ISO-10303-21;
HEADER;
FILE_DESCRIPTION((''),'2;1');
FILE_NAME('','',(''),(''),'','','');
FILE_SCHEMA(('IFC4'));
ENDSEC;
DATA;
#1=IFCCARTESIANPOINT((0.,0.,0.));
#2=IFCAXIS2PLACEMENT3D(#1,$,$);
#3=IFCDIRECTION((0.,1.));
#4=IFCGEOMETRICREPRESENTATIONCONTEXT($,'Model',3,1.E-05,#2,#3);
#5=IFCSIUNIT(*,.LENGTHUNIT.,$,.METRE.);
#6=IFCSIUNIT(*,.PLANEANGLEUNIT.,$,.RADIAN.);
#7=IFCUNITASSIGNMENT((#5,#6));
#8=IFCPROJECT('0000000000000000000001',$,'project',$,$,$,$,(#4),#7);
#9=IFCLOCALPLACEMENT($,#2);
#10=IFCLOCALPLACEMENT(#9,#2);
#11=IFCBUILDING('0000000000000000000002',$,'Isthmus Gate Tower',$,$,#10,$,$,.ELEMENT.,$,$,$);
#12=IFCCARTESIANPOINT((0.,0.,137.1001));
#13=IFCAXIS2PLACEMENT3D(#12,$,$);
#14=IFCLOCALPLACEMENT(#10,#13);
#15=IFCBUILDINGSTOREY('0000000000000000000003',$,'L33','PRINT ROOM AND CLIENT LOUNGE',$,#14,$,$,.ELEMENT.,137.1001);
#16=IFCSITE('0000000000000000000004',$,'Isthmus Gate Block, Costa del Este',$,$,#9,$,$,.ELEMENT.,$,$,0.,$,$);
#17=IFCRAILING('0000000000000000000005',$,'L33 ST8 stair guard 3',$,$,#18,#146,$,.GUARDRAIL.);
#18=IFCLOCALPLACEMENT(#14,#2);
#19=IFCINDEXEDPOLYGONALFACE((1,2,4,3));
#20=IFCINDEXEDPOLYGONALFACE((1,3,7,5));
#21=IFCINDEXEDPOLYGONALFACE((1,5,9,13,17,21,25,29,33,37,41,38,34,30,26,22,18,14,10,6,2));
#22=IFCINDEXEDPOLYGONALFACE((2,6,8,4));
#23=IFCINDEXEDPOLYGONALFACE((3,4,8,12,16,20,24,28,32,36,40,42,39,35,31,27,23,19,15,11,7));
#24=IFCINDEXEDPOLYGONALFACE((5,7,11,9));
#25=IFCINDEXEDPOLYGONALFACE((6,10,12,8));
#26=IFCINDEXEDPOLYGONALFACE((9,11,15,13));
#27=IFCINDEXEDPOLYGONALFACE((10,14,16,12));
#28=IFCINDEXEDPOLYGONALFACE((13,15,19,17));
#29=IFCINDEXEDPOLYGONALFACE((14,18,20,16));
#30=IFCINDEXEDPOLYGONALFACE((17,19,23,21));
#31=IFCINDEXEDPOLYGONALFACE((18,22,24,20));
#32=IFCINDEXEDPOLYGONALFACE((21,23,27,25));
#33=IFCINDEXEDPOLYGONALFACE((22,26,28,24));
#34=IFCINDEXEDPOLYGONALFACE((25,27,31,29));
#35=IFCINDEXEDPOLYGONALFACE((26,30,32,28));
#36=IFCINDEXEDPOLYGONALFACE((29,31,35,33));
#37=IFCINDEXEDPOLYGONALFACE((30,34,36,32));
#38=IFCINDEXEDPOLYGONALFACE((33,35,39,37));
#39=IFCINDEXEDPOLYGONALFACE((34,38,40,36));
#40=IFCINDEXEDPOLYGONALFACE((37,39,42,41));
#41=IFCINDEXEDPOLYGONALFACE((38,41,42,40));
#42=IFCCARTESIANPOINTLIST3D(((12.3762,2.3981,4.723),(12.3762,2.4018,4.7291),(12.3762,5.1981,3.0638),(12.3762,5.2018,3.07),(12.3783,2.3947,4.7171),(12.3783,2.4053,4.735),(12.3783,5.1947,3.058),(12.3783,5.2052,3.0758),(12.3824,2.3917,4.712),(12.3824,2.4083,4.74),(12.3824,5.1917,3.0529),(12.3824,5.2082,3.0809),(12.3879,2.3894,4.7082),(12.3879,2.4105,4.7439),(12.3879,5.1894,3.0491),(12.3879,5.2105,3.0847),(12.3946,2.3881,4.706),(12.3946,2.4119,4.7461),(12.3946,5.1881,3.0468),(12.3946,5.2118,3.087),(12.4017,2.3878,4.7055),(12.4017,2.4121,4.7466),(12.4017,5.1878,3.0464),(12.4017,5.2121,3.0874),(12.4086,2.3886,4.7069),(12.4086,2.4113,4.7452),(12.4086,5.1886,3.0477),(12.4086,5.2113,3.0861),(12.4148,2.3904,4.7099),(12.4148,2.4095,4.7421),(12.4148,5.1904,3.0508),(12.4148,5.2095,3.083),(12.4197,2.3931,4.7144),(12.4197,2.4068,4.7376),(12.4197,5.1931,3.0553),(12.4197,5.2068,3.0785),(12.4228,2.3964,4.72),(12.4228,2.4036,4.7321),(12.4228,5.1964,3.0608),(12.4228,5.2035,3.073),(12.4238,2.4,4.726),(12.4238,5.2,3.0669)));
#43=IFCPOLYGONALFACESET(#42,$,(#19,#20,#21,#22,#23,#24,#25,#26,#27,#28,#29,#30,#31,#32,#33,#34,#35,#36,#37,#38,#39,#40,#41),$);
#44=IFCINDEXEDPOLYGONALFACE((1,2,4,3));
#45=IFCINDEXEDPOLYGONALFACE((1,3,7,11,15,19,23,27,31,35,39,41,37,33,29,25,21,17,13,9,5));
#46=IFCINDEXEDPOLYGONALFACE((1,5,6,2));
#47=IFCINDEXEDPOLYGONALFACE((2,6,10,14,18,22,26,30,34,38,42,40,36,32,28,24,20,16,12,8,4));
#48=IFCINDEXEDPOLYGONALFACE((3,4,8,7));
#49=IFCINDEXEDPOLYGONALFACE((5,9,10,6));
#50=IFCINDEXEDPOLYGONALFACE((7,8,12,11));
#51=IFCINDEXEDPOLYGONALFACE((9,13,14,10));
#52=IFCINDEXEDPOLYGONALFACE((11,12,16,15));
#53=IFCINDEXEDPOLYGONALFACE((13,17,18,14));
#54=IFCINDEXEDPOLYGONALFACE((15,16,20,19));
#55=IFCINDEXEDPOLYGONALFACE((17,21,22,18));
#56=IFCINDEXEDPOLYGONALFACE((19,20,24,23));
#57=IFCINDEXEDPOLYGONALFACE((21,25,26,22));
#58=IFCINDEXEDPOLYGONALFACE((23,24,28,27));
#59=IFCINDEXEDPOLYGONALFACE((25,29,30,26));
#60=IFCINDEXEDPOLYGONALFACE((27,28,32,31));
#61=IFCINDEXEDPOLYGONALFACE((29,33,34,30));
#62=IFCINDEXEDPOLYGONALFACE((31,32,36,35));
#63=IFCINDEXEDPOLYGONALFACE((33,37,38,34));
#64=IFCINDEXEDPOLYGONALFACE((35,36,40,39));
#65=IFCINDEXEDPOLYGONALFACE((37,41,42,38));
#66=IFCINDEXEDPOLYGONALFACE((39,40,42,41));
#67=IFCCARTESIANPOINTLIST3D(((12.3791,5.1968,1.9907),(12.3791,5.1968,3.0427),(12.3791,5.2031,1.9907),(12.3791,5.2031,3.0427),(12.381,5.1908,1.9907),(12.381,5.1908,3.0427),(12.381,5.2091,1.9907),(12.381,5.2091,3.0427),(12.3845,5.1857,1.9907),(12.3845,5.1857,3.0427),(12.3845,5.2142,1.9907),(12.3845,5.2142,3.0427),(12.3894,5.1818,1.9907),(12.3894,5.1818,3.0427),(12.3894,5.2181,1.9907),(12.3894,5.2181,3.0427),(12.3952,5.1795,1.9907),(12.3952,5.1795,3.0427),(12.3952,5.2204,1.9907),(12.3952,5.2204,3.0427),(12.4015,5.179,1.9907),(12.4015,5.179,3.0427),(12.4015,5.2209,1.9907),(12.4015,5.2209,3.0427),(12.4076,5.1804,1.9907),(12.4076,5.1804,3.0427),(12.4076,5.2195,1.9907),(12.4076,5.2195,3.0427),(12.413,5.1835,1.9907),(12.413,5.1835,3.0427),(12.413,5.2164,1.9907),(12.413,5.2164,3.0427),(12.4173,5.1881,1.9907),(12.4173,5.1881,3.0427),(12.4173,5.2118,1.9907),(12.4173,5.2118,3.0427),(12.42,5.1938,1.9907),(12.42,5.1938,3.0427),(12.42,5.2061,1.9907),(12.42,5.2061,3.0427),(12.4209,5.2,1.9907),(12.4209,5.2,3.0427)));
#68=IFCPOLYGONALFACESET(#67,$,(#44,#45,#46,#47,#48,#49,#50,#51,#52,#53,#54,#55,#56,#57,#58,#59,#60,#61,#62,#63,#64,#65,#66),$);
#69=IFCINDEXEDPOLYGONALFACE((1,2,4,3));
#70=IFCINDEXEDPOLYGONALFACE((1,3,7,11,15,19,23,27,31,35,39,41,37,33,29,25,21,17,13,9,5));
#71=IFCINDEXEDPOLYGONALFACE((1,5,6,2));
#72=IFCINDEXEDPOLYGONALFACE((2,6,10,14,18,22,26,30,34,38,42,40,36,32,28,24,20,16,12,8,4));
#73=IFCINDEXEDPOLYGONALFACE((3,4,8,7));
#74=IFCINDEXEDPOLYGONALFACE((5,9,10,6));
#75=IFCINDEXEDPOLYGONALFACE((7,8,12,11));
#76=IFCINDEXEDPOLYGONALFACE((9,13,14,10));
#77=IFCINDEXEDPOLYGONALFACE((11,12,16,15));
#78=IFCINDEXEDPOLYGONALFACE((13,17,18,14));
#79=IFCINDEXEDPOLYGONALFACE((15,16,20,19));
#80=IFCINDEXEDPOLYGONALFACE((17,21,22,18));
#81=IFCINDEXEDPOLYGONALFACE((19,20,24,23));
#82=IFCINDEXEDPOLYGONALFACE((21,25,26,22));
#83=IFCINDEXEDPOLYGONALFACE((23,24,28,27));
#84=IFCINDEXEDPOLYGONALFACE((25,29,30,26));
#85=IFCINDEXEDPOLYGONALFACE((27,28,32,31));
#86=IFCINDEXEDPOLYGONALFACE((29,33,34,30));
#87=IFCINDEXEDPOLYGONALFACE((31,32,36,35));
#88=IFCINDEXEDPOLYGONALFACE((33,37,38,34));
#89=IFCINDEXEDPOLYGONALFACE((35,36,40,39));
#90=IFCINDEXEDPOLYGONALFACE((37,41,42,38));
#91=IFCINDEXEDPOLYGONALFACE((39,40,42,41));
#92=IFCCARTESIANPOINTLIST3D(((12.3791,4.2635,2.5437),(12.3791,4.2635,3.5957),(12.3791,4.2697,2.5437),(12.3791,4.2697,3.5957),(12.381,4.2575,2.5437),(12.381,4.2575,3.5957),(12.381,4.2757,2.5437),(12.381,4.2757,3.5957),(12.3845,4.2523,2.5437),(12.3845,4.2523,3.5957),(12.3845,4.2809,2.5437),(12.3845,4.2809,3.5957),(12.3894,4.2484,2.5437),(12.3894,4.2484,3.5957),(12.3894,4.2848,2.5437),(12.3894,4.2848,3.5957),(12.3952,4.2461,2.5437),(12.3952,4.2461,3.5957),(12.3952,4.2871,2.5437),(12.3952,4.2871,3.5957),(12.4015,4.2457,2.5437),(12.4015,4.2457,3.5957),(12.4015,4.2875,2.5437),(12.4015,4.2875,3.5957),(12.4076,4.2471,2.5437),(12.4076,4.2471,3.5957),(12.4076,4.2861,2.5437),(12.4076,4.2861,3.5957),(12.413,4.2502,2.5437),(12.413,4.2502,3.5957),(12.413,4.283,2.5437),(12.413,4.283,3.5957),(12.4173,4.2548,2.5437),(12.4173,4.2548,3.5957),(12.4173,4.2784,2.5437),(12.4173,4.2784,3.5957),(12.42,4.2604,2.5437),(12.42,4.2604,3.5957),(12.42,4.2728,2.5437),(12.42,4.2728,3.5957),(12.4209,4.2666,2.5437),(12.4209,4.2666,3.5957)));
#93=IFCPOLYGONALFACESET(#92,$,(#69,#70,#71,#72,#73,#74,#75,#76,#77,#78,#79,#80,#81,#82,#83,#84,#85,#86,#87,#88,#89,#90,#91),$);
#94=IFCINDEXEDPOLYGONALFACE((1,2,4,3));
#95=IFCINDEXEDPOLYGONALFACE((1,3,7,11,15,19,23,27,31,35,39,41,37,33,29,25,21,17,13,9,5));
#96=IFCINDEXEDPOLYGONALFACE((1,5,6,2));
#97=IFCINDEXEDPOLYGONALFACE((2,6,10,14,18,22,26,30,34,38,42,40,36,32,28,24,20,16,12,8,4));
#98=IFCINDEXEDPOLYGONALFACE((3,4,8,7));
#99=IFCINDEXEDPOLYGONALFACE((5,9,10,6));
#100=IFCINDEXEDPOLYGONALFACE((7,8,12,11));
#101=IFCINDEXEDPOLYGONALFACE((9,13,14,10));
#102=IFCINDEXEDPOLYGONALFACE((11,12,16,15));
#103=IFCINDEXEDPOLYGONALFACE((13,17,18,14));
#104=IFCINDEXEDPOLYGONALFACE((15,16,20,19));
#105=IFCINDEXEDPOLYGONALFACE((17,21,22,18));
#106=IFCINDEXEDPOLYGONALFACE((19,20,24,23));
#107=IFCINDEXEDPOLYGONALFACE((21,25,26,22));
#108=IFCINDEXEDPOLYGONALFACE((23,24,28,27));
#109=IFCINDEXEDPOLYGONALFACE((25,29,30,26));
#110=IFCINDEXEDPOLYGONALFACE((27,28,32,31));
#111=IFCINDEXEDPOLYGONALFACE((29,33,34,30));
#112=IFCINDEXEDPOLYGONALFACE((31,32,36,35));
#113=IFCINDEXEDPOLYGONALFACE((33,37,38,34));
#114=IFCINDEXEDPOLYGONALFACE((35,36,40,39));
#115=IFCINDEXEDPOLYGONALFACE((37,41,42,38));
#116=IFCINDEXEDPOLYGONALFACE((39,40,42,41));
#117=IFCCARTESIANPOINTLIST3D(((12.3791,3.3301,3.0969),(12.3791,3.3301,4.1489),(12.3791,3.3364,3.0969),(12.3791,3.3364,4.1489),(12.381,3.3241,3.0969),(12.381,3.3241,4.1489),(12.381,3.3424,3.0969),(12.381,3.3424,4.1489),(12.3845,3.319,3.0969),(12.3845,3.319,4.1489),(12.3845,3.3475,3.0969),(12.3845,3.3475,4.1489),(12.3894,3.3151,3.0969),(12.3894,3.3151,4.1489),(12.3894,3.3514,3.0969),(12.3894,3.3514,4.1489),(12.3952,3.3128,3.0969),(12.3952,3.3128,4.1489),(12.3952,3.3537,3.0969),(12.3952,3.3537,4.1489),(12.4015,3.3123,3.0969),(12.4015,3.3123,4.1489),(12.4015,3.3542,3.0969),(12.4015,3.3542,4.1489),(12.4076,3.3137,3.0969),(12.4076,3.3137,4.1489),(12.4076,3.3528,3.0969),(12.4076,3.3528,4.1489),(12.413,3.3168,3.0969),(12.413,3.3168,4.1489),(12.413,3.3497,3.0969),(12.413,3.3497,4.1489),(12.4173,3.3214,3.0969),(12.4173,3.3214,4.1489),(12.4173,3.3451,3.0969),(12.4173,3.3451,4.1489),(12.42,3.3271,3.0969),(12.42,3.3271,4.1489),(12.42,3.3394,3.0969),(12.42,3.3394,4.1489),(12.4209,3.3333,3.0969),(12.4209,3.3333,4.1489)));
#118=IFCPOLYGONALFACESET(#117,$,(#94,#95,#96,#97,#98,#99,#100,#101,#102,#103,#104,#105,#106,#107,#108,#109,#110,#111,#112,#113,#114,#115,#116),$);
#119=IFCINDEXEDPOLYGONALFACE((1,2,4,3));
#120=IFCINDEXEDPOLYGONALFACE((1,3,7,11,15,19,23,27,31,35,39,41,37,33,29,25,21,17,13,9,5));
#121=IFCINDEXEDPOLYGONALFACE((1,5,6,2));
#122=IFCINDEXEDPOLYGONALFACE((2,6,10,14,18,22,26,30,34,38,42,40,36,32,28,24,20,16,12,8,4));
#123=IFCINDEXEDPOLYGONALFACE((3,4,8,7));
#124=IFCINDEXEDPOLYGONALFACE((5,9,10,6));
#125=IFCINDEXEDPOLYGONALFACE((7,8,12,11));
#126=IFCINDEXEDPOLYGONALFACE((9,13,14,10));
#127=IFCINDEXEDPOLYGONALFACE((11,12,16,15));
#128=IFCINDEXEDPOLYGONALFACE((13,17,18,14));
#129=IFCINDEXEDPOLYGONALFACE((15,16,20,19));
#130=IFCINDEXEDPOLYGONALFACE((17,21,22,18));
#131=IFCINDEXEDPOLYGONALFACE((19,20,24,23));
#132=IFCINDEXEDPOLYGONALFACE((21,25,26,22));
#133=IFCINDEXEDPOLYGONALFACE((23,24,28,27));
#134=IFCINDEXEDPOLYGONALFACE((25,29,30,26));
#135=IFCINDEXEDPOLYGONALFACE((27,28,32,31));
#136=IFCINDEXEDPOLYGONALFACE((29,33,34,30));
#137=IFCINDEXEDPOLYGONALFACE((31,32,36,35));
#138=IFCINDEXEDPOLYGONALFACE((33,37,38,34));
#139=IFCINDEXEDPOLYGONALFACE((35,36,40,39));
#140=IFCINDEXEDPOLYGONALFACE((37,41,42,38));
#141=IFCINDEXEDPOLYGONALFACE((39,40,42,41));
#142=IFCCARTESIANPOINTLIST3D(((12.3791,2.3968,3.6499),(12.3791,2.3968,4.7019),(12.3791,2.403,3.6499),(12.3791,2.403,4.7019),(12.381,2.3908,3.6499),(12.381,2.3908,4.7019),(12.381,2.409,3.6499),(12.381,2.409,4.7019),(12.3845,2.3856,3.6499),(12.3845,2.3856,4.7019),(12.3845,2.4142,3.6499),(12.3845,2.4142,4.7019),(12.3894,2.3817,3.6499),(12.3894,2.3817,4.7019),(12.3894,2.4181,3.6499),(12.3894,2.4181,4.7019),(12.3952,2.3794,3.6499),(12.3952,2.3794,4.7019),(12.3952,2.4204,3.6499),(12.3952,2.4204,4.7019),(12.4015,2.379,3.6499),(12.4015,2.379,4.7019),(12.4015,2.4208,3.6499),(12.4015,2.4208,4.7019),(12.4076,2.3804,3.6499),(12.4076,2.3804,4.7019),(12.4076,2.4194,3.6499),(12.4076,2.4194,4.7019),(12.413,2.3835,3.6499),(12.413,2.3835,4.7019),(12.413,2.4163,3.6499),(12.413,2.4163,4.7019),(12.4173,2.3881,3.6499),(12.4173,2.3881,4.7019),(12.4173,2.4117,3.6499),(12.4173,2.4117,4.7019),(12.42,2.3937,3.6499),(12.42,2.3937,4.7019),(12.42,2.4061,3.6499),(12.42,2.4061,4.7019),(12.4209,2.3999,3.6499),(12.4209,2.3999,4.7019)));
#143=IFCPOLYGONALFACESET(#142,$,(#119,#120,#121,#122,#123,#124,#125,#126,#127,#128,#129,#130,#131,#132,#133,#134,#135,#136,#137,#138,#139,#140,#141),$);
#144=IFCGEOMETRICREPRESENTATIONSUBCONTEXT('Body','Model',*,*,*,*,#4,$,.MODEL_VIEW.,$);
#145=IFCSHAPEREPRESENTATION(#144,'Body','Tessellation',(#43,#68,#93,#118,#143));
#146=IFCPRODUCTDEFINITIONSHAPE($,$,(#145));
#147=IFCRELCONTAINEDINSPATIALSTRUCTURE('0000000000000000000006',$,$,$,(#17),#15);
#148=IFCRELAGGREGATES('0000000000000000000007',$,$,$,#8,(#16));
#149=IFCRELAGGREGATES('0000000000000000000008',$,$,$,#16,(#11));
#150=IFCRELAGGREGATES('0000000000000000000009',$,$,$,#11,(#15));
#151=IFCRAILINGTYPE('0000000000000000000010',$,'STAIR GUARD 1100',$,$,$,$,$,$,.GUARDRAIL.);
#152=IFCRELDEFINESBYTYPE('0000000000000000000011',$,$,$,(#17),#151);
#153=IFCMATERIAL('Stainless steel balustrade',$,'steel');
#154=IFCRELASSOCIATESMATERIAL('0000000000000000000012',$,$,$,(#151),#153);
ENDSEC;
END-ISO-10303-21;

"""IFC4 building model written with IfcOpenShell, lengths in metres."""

from ifc_helpers import new_model, si_unit, direction, frame, origin, origin_2d, place, context, subcontext, project, spatial, circle, extrude, material, type_object, element, save


model = new_model("IFC4")

# Units and contexts
model_context = context("Model", 3, precision=1e-05, world=origin(), true_north=direction((0.0, 1.0)))
body_context = subcontext(model_context, "Body", "Model", "MODEL_VIEW")
ifc_project = project(units=[si_unit("LENGTHUNIT", "METRE"), si_unit("PLANEANGLEUNIT", "RADIAN")], contexts=[model_context])

# Site, building, storey
site_placement = place(None, origin())
site = spatial("IfcSite", under=ifc_project, at=site_placement, Name="Isthmus Gate Block, Costa del Este", CompositionType="ELEMENT", RefElevation=0.0)
building_placement = place(site_placement, origin())
building = spatial("IfcBuilding", under=site, at=building_placement, Name="Isthmus Gate Tower", CompositionType="ELEMENT")
storey_placement = place(building_placement, frame((0.0, 0.0, 137.1001)))
storey = spatial("IfcBuildingStorey", under=building, at=storey_placement, Name="L33", Description="PRINT ROOM AND CLIENT LOUNGE", CompositionType="ELEMENT", Elevation=137.1001)

# Railing
ifc_material_1 = material(Name="Stainless steel balustrade", Category="steel")
railing_type_1 = type_object("IfcRailingType", Name="STAIR GUARD 1100", PredefinedType="GUARDRAIL", material=ifc_material_1)
railing_1_placement = place(storey_placement, frame((12.3999, 5.2, 1.9907)))
element("IfcRailing", 1, at=railing_1_placement, inside=storey, type_object=railing_type_1, Name="L33 ST8 stair guard 3", PredefinedType="GUARDRAIL", context=body_context, shape_type="SweptSolid", body=[
    extrude(circle(Radius=0.0239, at=origin_2d()), frame((0.0, 0.0, 1.0762), z_axis=(0.0, -0.860306, 0.509778), x_axis=(1.0, 0.0, 0.0)), (0.0, 0.0, 1.0), 3.2546),
    extrude(circle(Radius=0.021, at=origin_2d()), origin(), (0.0, 0.0, 1.0), 1.052),
    extrude(circle(Radius=0.021, at=origin_2d()), frame((0.0, -0.9333, 0.553)), (0.0, 0.0, 1.0), 1.052),
    extrude(circle(Radius=0.021, at=origin_2d()), frame((0.0, -1.8667, 1.1062)), (0.0, 0.0, 1.0), 1.052),
    extrude(circle(Radius=0.021, at=origin_2d()), frame((0.0, -2.8, 1.6592)), (0.0, 0.0, 1.0), 1.052),
])

save(model, "model.ifc")
